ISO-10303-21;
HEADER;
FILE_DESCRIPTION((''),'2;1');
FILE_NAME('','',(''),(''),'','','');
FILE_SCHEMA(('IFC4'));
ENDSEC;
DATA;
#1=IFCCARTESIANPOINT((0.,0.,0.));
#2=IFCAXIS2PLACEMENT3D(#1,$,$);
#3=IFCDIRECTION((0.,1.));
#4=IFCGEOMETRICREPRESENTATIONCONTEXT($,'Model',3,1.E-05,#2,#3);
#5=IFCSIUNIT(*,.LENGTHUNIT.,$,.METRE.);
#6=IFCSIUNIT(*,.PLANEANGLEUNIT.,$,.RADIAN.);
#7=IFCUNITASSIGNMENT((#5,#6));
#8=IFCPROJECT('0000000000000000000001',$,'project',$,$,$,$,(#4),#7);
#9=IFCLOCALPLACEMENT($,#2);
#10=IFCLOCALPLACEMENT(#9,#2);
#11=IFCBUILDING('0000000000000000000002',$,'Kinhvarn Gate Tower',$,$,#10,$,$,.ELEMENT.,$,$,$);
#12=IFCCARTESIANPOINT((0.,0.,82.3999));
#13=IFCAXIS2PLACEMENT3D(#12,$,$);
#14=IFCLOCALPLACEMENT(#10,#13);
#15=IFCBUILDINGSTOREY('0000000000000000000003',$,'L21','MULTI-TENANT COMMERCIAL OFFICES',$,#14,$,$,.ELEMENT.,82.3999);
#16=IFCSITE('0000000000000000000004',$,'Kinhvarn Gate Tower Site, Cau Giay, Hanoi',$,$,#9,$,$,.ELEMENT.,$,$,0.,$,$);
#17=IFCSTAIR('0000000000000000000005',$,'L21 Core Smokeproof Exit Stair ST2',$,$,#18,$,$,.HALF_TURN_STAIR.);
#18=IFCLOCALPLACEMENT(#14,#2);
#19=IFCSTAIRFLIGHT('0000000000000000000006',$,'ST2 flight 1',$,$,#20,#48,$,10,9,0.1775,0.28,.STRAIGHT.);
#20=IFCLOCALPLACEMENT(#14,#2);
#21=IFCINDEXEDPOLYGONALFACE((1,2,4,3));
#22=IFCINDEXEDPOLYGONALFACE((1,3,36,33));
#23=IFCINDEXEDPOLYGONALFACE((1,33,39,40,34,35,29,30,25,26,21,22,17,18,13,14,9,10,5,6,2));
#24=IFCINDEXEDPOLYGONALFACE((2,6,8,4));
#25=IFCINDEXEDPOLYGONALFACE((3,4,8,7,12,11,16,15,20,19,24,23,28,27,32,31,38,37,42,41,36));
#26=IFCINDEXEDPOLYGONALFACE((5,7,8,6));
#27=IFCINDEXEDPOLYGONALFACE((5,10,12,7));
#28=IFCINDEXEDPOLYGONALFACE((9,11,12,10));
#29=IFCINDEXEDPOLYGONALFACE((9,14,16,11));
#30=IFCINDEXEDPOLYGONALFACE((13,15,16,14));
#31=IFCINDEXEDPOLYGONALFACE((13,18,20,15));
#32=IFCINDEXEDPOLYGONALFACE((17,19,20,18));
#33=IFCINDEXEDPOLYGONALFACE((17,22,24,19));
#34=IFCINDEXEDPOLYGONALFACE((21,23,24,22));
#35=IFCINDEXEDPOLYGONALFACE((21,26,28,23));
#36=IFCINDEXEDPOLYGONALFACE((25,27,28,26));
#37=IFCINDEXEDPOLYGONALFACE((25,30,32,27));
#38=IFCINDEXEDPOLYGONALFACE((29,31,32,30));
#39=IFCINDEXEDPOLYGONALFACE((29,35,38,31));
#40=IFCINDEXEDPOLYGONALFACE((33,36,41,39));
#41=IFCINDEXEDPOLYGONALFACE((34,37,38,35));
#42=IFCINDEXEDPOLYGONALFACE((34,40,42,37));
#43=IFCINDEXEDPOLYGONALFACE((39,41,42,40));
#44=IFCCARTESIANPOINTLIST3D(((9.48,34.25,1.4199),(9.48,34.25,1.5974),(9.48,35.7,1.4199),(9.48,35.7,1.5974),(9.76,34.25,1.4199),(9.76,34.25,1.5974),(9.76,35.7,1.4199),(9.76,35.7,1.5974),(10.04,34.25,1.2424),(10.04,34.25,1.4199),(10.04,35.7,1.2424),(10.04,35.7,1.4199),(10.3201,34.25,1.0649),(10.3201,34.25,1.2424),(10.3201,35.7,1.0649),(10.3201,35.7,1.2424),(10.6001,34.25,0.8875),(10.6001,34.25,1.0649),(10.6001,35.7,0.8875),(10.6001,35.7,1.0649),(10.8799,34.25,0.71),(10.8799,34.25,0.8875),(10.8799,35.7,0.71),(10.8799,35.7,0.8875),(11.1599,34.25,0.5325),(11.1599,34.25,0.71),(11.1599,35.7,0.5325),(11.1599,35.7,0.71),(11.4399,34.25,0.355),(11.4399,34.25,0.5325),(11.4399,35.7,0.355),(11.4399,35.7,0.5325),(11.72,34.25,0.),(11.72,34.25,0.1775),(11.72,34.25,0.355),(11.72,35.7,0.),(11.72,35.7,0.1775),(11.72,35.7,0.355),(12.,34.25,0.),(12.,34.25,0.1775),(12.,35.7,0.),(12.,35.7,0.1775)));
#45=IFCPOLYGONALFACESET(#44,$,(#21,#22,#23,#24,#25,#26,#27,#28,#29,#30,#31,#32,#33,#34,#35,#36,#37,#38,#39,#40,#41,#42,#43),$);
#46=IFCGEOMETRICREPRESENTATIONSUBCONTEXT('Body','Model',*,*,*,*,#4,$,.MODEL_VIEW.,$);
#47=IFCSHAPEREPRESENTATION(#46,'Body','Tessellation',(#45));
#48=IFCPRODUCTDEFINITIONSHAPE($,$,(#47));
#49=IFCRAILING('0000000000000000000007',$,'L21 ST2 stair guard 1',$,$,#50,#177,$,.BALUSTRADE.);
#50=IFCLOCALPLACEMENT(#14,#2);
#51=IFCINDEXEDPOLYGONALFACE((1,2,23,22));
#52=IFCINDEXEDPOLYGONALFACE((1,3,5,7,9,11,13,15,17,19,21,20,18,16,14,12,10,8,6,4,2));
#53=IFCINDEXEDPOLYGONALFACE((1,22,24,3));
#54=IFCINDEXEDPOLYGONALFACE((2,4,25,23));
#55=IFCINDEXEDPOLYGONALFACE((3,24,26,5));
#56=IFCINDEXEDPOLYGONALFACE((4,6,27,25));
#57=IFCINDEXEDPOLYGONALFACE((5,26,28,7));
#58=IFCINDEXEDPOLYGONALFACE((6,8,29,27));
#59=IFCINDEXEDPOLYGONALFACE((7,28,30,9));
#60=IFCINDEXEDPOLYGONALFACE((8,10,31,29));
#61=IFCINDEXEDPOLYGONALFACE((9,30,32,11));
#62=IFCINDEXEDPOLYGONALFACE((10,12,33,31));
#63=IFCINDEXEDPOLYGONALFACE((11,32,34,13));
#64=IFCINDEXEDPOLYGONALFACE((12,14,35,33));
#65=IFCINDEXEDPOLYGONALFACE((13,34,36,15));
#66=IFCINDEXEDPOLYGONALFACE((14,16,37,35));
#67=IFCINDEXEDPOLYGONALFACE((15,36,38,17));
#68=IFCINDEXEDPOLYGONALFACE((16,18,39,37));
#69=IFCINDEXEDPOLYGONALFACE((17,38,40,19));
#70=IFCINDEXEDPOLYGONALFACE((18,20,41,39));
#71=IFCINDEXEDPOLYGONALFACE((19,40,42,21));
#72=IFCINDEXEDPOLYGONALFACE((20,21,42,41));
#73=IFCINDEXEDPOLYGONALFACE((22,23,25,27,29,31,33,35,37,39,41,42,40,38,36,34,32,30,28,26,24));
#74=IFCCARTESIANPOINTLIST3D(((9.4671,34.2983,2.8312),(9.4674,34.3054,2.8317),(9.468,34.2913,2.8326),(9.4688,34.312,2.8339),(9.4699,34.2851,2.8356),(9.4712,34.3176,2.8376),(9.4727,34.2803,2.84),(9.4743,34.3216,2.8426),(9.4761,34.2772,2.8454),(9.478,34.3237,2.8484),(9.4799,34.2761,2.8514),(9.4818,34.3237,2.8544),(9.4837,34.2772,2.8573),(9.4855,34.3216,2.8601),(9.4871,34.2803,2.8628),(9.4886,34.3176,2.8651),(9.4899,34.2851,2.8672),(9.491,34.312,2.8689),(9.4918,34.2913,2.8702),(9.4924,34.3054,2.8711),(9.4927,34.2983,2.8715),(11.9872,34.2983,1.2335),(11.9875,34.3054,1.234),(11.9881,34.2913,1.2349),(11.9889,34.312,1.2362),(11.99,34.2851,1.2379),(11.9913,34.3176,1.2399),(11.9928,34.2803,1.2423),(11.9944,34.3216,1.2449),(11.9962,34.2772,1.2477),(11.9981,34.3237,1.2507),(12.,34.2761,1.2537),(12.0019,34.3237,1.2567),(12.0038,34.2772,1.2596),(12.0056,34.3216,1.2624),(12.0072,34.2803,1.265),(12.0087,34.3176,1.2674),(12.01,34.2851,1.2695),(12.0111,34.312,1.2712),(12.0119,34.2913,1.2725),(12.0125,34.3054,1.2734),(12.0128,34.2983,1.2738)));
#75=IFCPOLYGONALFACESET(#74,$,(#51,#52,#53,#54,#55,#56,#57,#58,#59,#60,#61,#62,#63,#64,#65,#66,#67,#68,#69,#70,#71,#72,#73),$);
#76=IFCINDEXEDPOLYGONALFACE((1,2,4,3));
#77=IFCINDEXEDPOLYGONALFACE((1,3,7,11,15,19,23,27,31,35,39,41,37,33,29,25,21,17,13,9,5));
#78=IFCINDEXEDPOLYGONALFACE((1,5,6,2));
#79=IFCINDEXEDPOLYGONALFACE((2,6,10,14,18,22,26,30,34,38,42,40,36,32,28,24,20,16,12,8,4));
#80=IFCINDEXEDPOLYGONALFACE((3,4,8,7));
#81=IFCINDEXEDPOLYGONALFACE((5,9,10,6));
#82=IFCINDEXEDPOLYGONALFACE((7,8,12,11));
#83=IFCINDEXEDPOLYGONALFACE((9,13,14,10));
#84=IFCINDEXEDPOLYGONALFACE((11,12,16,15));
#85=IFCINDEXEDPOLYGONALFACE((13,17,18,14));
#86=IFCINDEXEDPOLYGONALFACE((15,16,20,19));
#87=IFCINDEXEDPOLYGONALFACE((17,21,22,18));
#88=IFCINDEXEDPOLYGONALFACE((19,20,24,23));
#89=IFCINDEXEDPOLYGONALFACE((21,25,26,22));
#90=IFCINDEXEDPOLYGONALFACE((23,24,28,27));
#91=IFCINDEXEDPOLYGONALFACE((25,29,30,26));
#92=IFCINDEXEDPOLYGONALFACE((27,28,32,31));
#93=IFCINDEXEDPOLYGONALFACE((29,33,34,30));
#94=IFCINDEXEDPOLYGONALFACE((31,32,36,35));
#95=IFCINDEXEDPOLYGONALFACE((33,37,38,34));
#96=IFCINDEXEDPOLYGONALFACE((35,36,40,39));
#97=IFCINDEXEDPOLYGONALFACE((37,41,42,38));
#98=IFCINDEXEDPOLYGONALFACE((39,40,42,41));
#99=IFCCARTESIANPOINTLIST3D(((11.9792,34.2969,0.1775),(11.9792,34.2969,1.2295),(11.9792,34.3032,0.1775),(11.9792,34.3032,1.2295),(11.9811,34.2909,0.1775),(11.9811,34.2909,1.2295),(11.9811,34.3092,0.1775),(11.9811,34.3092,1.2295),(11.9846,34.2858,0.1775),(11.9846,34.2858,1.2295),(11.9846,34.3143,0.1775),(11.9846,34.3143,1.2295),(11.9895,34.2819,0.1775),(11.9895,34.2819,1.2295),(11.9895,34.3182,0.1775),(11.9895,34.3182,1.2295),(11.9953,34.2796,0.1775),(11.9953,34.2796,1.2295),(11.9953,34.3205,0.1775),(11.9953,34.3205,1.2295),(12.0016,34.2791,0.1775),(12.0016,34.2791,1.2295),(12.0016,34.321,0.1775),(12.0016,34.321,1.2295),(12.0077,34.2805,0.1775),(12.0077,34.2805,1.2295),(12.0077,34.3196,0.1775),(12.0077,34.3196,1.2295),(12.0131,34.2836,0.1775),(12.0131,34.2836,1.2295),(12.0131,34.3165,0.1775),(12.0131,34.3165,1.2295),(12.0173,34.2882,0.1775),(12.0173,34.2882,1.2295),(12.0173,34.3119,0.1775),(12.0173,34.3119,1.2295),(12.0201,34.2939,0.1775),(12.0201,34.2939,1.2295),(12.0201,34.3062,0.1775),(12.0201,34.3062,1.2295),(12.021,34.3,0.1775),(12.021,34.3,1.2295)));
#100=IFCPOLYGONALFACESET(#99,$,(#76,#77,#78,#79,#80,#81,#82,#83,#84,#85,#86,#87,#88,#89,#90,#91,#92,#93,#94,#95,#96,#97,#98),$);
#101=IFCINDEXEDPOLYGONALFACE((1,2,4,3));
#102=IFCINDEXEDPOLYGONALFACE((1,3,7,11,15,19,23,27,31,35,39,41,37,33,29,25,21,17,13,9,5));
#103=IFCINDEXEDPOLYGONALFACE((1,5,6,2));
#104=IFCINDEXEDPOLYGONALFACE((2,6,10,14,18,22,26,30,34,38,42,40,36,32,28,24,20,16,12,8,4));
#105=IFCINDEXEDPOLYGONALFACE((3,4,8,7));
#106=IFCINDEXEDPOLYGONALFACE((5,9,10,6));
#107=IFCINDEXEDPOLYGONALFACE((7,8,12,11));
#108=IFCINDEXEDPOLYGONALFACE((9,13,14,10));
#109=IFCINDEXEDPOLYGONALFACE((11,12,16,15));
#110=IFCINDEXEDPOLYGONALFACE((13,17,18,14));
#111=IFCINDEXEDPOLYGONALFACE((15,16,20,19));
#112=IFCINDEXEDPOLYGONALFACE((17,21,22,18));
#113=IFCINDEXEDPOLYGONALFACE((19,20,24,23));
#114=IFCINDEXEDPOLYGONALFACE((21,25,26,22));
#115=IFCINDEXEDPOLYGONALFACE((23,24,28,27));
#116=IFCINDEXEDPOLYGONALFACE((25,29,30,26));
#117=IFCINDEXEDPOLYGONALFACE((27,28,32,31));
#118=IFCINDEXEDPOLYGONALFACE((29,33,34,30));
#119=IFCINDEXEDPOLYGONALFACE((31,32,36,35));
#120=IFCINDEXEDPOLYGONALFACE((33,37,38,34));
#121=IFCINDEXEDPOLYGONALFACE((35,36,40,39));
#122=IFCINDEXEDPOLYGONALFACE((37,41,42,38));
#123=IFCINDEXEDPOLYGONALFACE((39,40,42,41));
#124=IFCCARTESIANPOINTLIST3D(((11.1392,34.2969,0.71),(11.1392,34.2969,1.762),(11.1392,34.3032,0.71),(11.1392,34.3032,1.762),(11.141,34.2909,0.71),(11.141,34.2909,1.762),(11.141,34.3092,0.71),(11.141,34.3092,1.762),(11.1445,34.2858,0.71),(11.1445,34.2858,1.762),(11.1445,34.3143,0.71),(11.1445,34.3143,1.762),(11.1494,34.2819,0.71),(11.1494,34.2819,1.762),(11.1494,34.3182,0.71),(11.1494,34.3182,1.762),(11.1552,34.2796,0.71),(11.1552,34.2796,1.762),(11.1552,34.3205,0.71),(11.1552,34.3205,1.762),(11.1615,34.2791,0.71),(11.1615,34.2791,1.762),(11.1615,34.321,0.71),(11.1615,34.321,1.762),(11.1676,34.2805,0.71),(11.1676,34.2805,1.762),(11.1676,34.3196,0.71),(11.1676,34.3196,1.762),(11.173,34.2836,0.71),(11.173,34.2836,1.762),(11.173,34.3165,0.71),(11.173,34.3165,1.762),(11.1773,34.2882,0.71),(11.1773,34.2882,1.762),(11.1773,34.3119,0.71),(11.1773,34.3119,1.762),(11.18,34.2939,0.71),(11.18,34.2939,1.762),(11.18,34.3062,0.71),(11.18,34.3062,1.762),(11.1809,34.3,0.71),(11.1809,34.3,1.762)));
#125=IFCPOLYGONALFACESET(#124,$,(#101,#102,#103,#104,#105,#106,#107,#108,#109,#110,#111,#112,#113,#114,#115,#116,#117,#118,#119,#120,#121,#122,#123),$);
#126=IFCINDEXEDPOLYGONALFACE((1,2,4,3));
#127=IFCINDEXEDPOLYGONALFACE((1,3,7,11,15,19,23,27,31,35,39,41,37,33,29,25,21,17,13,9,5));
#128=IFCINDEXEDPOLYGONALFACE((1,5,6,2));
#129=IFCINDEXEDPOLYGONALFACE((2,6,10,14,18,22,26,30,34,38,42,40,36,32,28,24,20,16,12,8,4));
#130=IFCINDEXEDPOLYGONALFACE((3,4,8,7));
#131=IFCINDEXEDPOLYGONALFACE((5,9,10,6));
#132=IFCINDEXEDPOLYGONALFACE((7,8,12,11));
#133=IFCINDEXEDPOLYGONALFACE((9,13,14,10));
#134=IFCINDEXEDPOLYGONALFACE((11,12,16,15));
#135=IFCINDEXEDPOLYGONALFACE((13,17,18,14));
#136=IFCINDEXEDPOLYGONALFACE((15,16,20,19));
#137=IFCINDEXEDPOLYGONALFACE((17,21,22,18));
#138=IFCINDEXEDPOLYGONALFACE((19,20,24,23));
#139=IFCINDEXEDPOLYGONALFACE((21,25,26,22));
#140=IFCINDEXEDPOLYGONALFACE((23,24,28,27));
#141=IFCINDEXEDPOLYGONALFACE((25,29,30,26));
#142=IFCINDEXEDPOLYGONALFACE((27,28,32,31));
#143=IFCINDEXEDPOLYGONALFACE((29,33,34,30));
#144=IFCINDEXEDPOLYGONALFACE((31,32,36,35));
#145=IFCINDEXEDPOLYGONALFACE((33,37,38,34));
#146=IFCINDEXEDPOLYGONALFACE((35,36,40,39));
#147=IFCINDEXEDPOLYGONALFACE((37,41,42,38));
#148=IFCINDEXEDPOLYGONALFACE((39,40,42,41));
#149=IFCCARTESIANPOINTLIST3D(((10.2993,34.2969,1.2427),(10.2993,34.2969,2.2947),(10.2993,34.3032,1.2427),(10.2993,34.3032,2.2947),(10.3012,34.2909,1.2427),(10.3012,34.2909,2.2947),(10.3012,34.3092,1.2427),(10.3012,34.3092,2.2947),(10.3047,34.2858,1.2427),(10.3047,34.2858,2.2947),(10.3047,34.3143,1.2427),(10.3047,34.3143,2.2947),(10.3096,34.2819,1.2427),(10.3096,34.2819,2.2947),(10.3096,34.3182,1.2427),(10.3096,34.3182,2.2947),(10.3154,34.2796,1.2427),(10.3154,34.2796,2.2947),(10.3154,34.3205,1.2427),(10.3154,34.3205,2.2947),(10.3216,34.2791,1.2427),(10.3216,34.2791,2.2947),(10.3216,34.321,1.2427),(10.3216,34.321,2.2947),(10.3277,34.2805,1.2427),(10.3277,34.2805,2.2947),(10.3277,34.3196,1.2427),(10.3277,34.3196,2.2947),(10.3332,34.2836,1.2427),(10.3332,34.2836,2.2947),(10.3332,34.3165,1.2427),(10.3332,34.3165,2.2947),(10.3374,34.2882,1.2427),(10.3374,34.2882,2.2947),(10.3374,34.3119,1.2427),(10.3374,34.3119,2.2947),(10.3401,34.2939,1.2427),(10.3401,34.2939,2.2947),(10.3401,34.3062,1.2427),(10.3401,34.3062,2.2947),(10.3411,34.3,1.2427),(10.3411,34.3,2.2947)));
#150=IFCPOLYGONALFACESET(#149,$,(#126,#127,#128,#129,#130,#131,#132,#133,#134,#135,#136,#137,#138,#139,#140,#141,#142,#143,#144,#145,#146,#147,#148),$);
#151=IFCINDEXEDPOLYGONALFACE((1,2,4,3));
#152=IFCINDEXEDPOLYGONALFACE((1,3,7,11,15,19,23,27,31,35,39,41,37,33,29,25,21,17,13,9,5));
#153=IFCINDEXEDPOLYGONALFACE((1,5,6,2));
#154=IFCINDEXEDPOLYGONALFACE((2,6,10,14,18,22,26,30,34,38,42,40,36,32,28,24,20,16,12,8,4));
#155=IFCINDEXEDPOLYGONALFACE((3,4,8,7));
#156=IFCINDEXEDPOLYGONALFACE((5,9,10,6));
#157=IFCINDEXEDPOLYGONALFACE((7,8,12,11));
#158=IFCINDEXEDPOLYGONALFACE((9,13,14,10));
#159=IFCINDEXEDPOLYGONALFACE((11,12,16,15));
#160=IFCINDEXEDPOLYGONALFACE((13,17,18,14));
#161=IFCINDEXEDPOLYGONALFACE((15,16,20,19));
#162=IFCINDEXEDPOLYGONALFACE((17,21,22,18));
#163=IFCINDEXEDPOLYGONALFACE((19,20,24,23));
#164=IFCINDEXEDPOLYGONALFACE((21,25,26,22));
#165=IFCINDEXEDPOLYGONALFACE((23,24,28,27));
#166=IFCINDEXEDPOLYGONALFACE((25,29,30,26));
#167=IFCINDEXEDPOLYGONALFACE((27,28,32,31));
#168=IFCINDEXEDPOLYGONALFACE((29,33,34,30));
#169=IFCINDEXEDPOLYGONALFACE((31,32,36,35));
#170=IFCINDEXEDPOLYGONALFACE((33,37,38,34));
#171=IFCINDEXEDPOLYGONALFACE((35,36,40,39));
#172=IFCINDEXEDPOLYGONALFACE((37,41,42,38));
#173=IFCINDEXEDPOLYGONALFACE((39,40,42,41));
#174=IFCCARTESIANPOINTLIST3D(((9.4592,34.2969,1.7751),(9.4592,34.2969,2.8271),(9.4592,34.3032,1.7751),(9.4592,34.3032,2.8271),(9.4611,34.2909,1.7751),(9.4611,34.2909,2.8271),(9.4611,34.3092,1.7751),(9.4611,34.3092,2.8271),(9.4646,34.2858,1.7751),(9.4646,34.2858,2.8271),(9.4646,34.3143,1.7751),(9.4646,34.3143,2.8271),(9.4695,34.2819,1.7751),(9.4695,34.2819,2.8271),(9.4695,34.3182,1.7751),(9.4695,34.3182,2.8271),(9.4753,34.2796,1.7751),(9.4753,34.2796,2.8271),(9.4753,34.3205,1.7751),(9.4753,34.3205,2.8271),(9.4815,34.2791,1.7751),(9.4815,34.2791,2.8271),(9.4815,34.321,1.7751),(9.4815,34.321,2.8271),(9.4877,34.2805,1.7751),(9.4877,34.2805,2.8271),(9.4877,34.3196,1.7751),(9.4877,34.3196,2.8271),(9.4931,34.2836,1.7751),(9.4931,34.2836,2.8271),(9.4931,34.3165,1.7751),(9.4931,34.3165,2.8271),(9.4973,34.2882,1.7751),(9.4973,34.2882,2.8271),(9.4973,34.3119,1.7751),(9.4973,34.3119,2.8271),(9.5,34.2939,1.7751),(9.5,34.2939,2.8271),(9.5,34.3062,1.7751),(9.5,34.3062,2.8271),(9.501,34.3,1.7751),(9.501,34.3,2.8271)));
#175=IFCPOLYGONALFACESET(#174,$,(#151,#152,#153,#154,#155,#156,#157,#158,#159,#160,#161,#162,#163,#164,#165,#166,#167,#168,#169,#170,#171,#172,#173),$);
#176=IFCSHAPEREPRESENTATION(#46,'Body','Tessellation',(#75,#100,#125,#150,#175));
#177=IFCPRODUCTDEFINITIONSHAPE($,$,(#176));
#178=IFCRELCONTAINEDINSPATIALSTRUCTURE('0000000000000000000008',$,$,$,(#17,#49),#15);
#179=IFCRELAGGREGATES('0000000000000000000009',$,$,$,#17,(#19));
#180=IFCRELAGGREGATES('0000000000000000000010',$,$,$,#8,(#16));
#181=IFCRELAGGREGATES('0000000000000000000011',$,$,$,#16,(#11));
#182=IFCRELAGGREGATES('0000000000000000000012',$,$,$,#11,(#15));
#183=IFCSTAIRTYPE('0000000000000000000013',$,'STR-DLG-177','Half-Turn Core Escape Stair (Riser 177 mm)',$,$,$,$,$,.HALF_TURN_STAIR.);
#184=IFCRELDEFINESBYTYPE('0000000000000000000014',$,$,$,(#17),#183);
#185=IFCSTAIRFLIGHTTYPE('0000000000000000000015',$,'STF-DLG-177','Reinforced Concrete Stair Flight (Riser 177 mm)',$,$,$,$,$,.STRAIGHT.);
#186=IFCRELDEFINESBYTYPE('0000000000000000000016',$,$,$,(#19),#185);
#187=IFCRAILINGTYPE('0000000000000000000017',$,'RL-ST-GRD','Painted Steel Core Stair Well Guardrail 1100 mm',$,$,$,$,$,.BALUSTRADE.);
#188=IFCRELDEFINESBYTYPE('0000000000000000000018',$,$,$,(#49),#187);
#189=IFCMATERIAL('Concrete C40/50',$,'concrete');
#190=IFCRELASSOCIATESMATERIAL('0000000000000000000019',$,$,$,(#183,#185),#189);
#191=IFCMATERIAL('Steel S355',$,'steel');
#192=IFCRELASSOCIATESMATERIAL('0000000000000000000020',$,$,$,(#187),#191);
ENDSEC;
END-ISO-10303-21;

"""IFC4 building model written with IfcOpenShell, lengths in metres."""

from ifc_helpers import new_model, si_unit, direction, frame, origin, origin_2d, place, context, subcontext, project, spatial, polyline, circle, outline, extrude, material, type_object, element, aggregate, save


model = new_model("IFC4")

# Units and contexts
model_context = context("Model", 3, precision=1e-05, world=origin(), true_north=direction((0.0, 1.0)))
body_context = subcontext(model_context, "Body", "Model", "MODEL_VIEW")
ifc_project = project(units=[si_unit("LENGTHUNIT", "METRE"), si_unit("PLANEANGLEUNIT", "RADIAN")], contexts=[model_context])

# Site, building, storey
site_placement = place(None, origin())
site = spatial("IfcSite", under=ifc_project, at=site_placement, Name="Kinhvarn Gate Tower Site, Cau Giay, Hanoi", CompositionType="ELEMENT", RefElevation=0.0)
building_placement = place(site_placement, origin())
building = spatial("IfcBuilding", under=site, at=building_placement, Name="Kinhvarn Gate Tower", CompositionType="ELEMENT")
storey_placement = place(building_placement, frame((0.0, 0.0, 82.3999)))
storey = spatial("IfcBuildingStorey", under=building, at=storey_placement, Name="L21", Description="MULTI-TENANT COMMERCIAL OFFICES", CompositionType="ELEMENT", Elevation=82.3999)

# Shared definitions
ifc_material_1 = material(Name="Steel S355", Category="steel")

# Shared definitions
ifc_material_2 = material(Name="Concrete C40/50", Category="concrete")

# Stair, stair flight
stair_type = type_object("IfcStairType", Name="STR-DLG-177", Description="Half-Turn Core Escape Stair (Riser 177 mm)", PredefinedType="HALF_TURN_STAIR", material=ifc_material_2)
stair_placement = place(storey_placement, origin())
stair = element("IfcStair", 1, at=stair_placement, inside=storey, type_object=stair_type, Name="L21 Core Smokeproof Exit Stair ST2", PredefinedType="HALF_TURN_STAIR")
stair_flight_type = type_object("IfcStairFlightType", Name="STF-DLG-177", Description="Reinforced Concrete Stair Flight (Riser 177 mm)", PredefinedType="STRAIGHT", material=ifc_material_2)
stair_flight_placement = place(storey_placement, frame((12.0, 34.9751, 0.0), z_axis=(0.0, 0.0, 1.0), x_axis=(-1.0, 0.0, 0.0)))
stair_flight = element("IfcStairFlight", 2, at=stair_flight_placement, type_object=stair_flight_type, Name="ST2 flight 1", NumberOfRisers=10, NumberOfTreads=9, PredefinedType="STRAIGHT", RiserHeight=0.1775, TreadLength=0.28, context=body_context, shape_type="SweptSolid", body=[
    extrude(outline(polyline([(0.0, 0.0), (0.0, 0.1775), (0.28, 0.1775), (0.28, 0.355), (0.5601, 0.355), (0.5601, 0.5325), (0.8401, 0.5325), (0.8401, 0.71), (1.1201, 0.71), (1.1201, 0.8875), (1.3999, 0.8875), (1.3999, 1.0649), (1.6799, 1.0649), (1.6799, 1.2424), (1.96, 1.2424), (1.96, 1.4199), (2.24, 1.4199), (2.24, 1.5974), (2.52, 1.5974), (2.52, 1.7749), (2.52, 1.4199), (0.28, 0.0), (0.0, 0.0)])), frame((0.0, 0.7251, 0.0), z_axis=(0.0, -1.0, 0.0), x_axis=(1.0, 0.0, 0.0)), (0.0, 0.0, 1.0), 1.45),
])
aggregate(stair, [stair_flight])

# Railing
railing_type_1 = type_object("IfcRailingType", Name="RL-ST-GRD", Description="Painted Steel Core Stair Well Guardrail 1100 mm", PredefinedType="BALUSTRADE", material=ifc_material_1)
railing_1_placement = place(storey_placement, frame((12.0, 34.3, 0.1775)))
element("IfcRailing", 3, at=railing_1_placement, inside=storey, type_object=railing_type_1, Name="L21 ST2 stair guard 1", PredefinedType="BALUSTRADE", context=body_context, shape_type="SweptSolid", body=[
    extrude(circle(Radius=0.0239, at=origin_2d()), frame((0.0, 0.0, 1.0762), z_axis=(-0.84457, 0.0, 0.535445), x_axis=(0.0, -1.0, 0.0)), (0.0, 0.0, 1.0), 2.9839),
    extrude(circle(Radius=0.021, at=origin_2d()), origin(), (0.0, 0.0, 1.0), 1.052),
    extrude(circle(Radius=0.021, at=origin_2d()), frame((-0.8401, 0.0, 0.5325)), (0.0, 0.0, 1.0), 1.052),
    extrude(circle(Radius=0.021, at=origin_2d()), frame((-1.6799, 0.0, 1.0652)), (0.0, 0.0, 1.0), 1.052),
    extrude(circle(Radius=0.021, at=origin_2d()), frame((-2.52, 0.0, 1.5977)), (0.0, 0.0, 1.0), 1.052),
])

save(model, "model.ifc")
